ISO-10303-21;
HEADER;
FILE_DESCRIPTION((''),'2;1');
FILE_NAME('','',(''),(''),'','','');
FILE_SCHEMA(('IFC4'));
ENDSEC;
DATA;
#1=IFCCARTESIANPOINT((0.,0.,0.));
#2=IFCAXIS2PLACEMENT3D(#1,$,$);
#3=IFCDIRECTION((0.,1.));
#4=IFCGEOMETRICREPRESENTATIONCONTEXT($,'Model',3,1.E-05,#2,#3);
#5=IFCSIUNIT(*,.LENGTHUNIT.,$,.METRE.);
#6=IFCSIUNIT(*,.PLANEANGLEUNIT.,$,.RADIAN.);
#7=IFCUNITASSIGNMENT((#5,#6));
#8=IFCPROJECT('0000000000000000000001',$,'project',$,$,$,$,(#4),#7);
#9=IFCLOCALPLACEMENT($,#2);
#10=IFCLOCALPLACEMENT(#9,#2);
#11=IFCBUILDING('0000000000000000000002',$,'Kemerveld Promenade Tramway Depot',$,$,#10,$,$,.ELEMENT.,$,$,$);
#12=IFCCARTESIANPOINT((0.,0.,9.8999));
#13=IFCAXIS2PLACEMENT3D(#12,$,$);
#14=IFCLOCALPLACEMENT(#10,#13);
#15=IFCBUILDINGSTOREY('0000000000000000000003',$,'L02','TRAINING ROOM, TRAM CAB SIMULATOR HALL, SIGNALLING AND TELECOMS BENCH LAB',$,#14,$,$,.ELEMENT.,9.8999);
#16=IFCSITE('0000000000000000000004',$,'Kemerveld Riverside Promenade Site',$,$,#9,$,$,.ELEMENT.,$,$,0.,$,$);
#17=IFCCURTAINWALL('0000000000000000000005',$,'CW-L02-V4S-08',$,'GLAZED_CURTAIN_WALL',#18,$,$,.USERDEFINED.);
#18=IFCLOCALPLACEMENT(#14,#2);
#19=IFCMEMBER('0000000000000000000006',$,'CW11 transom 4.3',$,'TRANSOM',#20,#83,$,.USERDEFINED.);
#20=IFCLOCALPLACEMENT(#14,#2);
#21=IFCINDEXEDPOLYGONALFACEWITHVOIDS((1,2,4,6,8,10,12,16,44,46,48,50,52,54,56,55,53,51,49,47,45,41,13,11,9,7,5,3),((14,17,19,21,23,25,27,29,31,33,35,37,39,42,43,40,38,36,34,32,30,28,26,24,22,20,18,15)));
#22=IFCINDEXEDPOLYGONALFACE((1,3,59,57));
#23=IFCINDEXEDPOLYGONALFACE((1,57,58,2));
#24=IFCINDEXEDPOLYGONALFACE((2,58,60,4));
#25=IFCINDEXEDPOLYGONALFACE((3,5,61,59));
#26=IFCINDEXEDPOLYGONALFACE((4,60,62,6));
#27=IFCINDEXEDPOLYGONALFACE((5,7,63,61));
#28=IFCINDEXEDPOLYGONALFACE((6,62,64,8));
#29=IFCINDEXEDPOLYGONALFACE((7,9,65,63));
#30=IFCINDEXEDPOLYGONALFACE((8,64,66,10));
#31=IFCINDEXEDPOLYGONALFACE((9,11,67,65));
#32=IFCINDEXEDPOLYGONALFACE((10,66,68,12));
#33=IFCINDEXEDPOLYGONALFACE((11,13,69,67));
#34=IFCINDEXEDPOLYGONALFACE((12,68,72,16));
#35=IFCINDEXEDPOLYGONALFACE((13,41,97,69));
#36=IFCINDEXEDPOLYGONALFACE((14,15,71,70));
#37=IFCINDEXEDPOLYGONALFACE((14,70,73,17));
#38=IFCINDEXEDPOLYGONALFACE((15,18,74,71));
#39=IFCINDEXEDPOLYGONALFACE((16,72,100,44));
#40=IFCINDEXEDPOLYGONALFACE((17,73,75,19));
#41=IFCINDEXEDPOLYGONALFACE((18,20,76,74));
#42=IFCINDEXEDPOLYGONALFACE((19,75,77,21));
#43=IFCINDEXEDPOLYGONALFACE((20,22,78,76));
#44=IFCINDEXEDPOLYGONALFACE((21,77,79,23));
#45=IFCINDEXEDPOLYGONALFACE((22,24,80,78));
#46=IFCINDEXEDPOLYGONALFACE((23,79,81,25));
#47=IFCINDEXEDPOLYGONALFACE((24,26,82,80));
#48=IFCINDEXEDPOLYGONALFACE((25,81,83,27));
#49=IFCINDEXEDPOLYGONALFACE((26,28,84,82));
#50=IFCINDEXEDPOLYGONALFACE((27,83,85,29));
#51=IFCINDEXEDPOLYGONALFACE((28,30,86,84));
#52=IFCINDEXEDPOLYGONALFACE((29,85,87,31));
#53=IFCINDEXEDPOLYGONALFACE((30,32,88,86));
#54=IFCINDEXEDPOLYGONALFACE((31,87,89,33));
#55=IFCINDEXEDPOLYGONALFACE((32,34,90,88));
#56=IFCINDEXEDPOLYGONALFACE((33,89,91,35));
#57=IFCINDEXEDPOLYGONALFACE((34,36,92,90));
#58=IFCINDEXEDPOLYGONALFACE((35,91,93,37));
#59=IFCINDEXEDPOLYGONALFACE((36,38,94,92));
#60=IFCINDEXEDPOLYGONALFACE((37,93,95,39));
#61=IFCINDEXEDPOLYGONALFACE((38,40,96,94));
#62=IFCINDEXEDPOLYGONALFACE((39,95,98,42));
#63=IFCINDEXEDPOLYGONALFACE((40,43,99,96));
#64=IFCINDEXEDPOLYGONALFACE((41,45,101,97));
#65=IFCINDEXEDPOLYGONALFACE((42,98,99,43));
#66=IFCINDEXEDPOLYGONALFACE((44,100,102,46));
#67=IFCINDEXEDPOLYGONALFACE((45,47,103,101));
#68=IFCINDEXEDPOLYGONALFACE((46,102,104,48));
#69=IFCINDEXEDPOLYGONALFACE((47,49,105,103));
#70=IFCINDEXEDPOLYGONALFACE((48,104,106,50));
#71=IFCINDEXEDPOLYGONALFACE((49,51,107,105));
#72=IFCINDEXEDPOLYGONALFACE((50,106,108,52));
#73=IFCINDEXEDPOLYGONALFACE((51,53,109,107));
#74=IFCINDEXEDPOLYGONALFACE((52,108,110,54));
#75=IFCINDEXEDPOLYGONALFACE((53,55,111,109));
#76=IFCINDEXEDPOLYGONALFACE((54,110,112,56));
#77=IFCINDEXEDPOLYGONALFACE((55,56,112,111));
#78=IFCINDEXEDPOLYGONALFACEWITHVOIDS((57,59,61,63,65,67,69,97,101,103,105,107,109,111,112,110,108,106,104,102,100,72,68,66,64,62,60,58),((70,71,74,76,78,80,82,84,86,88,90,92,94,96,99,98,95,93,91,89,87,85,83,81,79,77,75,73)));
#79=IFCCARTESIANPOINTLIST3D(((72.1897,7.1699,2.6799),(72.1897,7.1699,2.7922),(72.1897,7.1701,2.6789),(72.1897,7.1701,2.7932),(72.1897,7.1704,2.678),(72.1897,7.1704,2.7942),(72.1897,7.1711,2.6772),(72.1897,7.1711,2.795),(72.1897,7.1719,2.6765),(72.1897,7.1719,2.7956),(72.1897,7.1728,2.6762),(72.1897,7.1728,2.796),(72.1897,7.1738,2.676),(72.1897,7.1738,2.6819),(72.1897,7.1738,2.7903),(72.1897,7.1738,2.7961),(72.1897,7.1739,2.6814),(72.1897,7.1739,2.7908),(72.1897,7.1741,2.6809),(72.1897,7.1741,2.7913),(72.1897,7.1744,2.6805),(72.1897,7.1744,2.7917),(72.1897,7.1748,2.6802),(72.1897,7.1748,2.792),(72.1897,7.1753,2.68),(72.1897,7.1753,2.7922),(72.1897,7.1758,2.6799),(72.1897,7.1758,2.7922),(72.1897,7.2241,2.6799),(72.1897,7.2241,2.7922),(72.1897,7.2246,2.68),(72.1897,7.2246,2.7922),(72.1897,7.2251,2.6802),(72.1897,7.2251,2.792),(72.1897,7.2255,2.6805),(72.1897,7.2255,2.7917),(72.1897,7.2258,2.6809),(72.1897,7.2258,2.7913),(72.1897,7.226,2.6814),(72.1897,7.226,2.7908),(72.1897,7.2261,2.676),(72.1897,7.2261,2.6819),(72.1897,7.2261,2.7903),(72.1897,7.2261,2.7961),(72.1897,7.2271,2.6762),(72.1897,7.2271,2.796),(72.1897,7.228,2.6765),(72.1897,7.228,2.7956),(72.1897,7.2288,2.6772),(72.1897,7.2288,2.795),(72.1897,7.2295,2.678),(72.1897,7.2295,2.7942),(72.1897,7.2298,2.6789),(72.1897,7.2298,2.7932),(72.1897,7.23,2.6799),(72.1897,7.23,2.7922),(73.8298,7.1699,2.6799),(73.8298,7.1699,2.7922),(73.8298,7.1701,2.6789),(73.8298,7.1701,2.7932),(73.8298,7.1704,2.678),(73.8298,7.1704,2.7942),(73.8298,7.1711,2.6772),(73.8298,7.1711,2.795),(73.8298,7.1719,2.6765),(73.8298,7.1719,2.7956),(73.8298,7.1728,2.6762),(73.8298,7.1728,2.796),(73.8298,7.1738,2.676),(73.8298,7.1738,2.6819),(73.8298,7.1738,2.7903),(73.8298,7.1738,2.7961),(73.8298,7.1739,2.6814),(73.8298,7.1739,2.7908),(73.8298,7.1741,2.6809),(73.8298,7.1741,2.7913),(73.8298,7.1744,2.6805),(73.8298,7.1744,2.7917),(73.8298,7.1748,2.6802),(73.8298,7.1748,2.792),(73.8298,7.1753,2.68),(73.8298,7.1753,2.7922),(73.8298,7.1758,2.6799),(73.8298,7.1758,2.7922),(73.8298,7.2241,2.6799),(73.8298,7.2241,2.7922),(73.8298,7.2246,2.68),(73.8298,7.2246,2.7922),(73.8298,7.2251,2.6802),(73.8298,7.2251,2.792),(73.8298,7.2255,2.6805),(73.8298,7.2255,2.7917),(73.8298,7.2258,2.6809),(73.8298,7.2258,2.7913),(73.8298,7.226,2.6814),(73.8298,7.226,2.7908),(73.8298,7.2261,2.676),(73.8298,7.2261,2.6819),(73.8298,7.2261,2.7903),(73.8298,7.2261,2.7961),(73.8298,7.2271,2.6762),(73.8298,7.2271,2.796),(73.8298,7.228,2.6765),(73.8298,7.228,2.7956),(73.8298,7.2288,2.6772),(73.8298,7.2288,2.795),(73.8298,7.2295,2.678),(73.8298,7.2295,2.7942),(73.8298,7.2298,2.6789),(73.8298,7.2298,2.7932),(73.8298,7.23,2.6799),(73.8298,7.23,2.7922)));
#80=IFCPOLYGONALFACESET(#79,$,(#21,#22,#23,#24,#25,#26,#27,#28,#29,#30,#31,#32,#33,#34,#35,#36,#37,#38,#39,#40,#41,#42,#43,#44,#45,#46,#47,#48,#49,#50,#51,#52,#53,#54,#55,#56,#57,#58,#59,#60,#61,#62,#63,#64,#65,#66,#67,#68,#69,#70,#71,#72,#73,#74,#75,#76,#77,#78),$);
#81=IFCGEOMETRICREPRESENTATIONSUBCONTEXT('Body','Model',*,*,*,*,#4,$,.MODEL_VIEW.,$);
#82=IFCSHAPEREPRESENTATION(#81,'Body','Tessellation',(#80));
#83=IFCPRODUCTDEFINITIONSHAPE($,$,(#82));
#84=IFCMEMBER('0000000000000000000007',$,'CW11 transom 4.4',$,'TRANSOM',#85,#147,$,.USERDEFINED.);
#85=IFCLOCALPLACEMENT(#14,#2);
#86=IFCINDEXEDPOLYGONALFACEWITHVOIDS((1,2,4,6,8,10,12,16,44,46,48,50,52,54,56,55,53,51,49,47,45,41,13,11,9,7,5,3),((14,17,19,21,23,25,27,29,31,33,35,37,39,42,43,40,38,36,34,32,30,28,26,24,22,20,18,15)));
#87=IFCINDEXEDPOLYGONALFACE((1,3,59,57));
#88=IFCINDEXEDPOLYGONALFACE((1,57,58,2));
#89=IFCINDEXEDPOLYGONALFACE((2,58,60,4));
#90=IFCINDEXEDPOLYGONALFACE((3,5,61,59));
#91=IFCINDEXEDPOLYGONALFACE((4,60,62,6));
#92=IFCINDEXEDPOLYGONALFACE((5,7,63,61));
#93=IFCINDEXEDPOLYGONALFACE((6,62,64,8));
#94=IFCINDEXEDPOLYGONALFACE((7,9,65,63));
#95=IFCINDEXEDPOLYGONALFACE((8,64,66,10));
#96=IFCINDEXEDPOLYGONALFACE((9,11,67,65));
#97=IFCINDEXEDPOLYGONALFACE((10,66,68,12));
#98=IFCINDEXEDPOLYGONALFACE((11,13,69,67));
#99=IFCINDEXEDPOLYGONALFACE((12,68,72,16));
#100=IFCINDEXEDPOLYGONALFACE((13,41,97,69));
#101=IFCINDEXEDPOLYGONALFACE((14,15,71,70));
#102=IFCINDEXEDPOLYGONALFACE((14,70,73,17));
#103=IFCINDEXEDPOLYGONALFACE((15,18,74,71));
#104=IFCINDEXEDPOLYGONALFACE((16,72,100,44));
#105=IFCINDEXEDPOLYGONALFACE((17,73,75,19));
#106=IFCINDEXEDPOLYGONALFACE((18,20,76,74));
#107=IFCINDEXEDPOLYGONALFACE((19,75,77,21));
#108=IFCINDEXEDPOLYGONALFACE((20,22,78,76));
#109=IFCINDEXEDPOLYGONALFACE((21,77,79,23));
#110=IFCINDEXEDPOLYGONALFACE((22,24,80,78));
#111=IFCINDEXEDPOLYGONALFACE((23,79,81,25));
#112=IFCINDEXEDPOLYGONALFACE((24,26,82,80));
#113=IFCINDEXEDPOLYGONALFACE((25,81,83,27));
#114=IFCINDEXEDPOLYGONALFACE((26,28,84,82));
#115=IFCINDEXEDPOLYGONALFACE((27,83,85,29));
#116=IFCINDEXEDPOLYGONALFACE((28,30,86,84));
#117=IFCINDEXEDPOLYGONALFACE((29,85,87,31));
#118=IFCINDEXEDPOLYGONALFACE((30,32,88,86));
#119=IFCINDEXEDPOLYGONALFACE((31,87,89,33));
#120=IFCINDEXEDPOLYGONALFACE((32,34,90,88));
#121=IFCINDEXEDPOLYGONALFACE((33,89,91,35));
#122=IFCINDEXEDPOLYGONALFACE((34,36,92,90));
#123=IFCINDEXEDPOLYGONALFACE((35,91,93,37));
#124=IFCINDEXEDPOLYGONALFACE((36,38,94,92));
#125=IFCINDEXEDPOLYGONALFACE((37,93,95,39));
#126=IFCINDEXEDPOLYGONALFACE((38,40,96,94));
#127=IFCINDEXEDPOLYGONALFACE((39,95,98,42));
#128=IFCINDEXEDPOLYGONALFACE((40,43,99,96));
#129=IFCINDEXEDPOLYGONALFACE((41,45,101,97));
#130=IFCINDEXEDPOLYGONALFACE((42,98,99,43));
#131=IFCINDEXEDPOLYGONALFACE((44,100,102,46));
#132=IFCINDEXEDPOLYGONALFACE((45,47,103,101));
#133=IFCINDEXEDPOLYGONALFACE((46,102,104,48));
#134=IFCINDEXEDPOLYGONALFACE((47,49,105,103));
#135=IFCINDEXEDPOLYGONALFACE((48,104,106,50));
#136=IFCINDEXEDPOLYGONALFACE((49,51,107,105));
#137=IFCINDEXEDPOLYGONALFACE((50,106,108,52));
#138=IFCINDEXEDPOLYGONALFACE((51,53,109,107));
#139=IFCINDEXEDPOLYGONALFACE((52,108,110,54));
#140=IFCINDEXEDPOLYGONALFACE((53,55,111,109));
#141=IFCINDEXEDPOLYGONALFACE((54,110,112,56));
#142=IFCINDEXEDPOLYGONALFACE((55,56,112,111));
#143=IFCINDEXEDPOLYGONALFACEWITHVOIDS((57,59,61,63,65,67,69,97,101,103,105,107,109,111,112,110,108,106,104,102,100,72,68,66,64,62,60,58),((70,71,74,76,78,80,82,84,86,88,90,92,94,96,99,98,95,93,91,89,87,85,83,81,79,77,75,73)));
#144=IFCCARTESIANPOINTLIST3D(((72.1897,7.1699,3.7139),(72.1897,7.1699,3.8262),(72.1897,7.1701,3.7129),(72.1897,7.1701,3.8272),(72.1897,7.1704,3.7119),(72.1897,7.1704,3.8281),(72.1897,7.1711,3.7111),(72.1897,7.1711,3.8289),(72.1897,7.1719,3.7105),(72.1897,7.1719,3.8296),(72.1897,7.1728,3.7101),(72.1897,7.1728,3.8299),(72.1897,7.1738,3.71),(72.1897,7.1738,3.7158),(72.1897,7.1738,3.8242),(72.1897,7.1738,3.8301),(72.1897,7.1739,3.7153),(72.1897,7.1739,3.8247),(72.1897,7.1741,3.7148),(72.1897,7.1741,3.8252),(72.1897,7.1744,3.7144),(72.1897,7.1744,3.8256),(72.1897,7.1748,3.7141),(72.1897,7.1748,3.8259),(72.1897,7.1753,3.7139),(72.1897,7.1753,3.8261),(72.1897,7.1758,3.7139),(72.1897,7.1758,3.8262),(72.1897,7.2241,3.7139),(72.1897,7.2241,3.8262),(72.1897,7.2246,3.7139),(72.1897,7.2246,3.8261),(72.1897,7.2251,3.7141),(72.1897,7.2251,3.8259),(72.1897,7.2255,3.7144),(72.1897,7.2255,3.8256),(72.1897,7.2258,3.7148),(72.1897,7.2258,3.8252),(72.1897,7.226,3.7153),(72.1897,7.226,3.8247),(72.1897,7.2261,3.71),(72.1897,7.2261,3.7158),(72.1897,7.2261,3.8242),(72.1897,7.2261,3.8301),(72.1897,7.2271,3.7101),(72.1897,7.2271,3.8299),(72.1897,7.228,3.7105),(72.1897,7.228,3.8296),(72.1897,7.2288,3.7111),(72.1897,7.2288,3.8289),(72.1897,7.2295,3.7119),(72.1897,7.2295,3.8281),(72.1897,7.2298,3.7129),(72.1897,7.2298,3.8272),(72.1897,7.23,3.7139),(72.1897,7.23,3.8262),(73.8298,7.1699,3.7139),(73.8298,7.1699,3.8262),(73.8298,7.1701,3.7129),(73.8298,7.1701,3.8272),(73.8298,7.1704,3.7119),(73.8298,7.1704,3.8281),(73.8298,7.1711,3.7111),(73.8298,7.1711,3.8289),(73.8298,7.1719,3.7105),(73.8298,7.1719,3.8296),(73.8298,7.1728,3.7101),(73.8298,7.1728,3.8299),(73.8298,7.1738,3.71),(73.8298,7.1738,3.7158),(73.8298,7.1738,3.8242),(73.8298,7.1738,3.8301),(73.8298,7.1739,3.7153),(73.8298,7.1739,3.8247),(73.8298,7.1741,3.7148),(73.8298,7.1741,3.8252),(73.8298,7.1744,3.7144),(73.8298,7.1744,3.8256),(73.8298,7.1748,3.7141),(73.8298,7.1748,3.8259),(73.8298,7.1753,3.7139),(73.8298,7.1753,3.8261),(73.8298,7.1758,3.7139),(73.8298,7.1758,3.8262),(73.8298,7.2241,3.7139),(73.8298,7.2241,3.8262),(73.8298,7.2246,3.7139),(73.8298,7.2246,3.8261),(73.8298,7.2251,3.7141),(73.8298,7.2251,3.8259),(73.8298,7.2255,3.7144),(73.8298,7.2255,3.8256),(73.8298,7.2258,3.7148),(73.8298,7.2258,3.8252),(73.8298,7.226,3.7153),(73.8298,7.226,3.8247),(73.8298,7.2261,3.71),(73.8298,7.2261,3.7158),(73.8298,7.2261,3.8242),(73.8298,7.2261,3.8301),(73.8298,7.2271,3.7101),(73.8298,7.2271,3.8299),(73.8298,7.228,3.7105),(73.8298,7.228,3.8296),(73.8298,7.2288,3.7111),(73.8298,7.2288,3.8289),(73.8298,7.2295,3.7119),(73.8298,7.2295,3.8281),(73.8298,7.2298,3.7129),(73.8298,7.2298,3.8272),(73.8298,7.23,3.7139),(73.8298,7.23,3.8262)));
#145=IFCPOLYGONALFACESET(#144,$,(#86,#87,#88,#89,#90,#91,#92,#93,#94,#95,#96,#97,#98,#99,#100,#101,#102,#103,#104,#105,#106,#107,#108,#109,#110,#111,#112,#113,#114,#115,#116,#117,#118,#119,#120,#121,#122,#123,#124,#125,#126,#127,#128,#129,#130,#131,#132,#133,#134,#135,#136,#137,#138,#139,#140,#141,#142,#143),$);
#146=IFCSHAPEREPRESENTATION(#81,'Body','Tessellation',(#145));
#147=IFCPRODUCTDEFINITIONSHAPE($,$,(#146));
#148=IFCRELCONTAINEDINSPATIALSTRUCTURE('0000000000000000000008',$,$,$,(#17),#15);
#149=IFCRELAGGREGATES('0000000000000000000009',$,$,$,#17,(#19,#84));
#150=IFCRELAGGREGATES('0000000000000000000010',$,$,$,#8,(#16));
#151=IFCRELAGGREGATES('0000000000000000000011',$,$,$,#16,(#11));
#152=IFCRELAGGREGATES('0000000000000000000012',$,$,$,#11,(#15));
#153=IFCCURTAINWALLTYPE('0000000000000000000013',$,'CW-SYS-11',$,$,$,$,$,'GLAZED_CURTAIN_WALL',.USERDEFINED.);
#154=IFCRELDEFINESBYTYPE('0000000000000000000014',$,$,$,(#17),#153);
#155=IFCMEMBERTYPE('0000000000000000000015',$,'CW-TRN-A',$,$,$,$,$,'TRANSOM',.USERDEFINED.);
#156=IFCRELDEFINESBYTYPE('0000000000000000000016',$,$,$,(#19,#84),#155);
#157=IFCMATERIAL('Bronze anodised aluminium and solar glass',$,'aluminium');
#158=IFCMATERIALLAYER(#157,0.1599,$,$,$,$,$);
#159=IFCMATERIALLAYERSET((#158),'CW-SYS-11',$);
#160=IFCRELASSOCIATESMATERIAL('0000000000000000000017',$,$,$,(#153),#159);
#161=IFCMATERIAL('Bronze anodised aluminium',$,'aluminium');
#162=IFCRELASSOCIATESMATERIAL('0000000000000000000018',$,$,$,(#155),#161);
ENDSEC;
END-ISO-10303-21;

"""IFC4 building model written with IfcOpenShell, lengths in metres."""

from ifc_helpers import new_model, si_unit, direction, frame, origin, origin_2d, place, context, subcontext, project, spatial, hollow_rectangle, extrude, material, layer, layer_set, material_profile, profile_set, type_object, element, aggregate, save


model = new_model("IFC4")

# Units and contexts
model_context = context("Model", 3, precision=1e-05, world=origin(), true_north=direction((0.0, 1.0)))
body_context = subcontext(model_context, "Body", "Model", "MODEL_VIEW")
ifc_project = project(units=[si_unit("LENGTHUNIT", "METRE"), si_unit("PLANEANGLEUNIT", "RADIAN")], contexts=[model_context])

# Site, building, storey
site_placement = place(None, origin())
site = spatial("IfcSite", under=ifc_project, at=site_placement, Name="Kemerveld Riverside Promenade Site", CompositionType="ELEMENT", RefElevation=0.0)
building_placement = place(site_placement, origin())
building = spatial("IfcBuilding", under=site, at=building_placement, Name="Kemerveld Promenade Tramway Depot", CompositionType="ELEMENT")
storey_placement = place(building_placement, frame((0.0, 0.0, 9.8999)))
storey = spatial("IfcBuildingStorey", under=building, at=storey_placement, Name="L02", Description="TRAINING ROOM, TRAM CAB SIMULATOR HALL, SIGNALLING AND TELECOMS BENCH LAB", CompositionType="ELEMENT", Elevation=9.8999)

# Curtain wall, members
ifc_material_1 = material(Name="Bronze anodised aluminium and solar glass", Category="aluminium")
ifc_layer_1 = layer(ifc_material_1, 0.1599)
ifc_layer_set_1 = layer_set([ifc_layer_1], Name="CW-SYS-11")
curtain_wall_type = type_object("IfcCurtainWallType", Name="CW-SYS-11", ElementType="GLAZED_CURTAIN_WALL", PredefinedType="USERDEFINED", material=ifc_layer_set_1)
curtain_wall_placement = place(storey_placement, origin())
curtain_wall = element("IfcCurtainWall", 1, at=curtain_wall_placement, inside=storey, type_object=curtain_wall_type, Name="CW-L02-V4S-08", ObjectType="GLAZED_CURTAIN_WALL", PredefinedType="USERDEFINED")
ifc_material_2 = material(Name="Bronze anodised aluminium", Category="aluminium")
ifc_material_profile_1 = material_profile(ifc_material_2, hollow_rectangle(XDim=0.0601, YDim=0.1201, WallThickness=0.0039, InnerFilletRadius=0.002, OuterFilletRadius=0.0039, at=origin_2d()), Name="CW-TRN-120x60")
ifc_profile_set_1 = profile_set([ifc_material_profile_1], Name="Bronze anodised aluminium")
member_type_1 = type_object("IfcMemberType", Name="CW-TRN-A", ElementType="TRANSOM", PredefinedType="USERDEFINED", material=ifc_profile_set_1)
member_1_placement = place(storey_placement, frame((73.8298, 7.2, 2.7361), z_axis=(-1.0, 0.0, 0.0), x_axis=(0.0, -1.0, 0.0)))
member_1 = element("IfcMember", 2, at=member_1_placement, type_object=member_type_1, Name="CW11 transom 4.3", ObjectType="TRANSOM", PredefinedType="USERDEFINED", context=body_context, shape_type="SweptSolid", body=[
    extrude(hollow_rectangle(XDim=0.0601, YDim=0.1201, WallThickness=0.0039, InnerFilletRadius=0.002, OuterFilletRadius=0.0039, at=origin_2d()), origin(), (0.0, 0.0, 1.0), 1.6401),
])
member_2_placement = place(storey_placement, frame((73.8298, 7.2, 3.77), z_axis=(-1.0, 0.0, 0.0), x_axis=(0.0, -1.0, 0.0)))
member_2 = element("IfcMember", 3, at=member_2_placement, type_object=member_type_1, Name="CW11 transom 4.4", ObjectType="TRANSOM", PredefinedType="USERDEFINED", context=body_context, shape_type="SweptSolid", body=[
    extrude(hollow_rectangle(XDim=0.0601, YDim=0.1201, WallThickness=0.0039, InnerFilletRadius=0.002, OuterFilletRadius=0.0039, at=origin_2d()), origin(), (0.0, 0.0, 1.0), 1.6401),
])

aggregate(curtain_wall, [member_1, member_2])

save(model, "model.ifc")
